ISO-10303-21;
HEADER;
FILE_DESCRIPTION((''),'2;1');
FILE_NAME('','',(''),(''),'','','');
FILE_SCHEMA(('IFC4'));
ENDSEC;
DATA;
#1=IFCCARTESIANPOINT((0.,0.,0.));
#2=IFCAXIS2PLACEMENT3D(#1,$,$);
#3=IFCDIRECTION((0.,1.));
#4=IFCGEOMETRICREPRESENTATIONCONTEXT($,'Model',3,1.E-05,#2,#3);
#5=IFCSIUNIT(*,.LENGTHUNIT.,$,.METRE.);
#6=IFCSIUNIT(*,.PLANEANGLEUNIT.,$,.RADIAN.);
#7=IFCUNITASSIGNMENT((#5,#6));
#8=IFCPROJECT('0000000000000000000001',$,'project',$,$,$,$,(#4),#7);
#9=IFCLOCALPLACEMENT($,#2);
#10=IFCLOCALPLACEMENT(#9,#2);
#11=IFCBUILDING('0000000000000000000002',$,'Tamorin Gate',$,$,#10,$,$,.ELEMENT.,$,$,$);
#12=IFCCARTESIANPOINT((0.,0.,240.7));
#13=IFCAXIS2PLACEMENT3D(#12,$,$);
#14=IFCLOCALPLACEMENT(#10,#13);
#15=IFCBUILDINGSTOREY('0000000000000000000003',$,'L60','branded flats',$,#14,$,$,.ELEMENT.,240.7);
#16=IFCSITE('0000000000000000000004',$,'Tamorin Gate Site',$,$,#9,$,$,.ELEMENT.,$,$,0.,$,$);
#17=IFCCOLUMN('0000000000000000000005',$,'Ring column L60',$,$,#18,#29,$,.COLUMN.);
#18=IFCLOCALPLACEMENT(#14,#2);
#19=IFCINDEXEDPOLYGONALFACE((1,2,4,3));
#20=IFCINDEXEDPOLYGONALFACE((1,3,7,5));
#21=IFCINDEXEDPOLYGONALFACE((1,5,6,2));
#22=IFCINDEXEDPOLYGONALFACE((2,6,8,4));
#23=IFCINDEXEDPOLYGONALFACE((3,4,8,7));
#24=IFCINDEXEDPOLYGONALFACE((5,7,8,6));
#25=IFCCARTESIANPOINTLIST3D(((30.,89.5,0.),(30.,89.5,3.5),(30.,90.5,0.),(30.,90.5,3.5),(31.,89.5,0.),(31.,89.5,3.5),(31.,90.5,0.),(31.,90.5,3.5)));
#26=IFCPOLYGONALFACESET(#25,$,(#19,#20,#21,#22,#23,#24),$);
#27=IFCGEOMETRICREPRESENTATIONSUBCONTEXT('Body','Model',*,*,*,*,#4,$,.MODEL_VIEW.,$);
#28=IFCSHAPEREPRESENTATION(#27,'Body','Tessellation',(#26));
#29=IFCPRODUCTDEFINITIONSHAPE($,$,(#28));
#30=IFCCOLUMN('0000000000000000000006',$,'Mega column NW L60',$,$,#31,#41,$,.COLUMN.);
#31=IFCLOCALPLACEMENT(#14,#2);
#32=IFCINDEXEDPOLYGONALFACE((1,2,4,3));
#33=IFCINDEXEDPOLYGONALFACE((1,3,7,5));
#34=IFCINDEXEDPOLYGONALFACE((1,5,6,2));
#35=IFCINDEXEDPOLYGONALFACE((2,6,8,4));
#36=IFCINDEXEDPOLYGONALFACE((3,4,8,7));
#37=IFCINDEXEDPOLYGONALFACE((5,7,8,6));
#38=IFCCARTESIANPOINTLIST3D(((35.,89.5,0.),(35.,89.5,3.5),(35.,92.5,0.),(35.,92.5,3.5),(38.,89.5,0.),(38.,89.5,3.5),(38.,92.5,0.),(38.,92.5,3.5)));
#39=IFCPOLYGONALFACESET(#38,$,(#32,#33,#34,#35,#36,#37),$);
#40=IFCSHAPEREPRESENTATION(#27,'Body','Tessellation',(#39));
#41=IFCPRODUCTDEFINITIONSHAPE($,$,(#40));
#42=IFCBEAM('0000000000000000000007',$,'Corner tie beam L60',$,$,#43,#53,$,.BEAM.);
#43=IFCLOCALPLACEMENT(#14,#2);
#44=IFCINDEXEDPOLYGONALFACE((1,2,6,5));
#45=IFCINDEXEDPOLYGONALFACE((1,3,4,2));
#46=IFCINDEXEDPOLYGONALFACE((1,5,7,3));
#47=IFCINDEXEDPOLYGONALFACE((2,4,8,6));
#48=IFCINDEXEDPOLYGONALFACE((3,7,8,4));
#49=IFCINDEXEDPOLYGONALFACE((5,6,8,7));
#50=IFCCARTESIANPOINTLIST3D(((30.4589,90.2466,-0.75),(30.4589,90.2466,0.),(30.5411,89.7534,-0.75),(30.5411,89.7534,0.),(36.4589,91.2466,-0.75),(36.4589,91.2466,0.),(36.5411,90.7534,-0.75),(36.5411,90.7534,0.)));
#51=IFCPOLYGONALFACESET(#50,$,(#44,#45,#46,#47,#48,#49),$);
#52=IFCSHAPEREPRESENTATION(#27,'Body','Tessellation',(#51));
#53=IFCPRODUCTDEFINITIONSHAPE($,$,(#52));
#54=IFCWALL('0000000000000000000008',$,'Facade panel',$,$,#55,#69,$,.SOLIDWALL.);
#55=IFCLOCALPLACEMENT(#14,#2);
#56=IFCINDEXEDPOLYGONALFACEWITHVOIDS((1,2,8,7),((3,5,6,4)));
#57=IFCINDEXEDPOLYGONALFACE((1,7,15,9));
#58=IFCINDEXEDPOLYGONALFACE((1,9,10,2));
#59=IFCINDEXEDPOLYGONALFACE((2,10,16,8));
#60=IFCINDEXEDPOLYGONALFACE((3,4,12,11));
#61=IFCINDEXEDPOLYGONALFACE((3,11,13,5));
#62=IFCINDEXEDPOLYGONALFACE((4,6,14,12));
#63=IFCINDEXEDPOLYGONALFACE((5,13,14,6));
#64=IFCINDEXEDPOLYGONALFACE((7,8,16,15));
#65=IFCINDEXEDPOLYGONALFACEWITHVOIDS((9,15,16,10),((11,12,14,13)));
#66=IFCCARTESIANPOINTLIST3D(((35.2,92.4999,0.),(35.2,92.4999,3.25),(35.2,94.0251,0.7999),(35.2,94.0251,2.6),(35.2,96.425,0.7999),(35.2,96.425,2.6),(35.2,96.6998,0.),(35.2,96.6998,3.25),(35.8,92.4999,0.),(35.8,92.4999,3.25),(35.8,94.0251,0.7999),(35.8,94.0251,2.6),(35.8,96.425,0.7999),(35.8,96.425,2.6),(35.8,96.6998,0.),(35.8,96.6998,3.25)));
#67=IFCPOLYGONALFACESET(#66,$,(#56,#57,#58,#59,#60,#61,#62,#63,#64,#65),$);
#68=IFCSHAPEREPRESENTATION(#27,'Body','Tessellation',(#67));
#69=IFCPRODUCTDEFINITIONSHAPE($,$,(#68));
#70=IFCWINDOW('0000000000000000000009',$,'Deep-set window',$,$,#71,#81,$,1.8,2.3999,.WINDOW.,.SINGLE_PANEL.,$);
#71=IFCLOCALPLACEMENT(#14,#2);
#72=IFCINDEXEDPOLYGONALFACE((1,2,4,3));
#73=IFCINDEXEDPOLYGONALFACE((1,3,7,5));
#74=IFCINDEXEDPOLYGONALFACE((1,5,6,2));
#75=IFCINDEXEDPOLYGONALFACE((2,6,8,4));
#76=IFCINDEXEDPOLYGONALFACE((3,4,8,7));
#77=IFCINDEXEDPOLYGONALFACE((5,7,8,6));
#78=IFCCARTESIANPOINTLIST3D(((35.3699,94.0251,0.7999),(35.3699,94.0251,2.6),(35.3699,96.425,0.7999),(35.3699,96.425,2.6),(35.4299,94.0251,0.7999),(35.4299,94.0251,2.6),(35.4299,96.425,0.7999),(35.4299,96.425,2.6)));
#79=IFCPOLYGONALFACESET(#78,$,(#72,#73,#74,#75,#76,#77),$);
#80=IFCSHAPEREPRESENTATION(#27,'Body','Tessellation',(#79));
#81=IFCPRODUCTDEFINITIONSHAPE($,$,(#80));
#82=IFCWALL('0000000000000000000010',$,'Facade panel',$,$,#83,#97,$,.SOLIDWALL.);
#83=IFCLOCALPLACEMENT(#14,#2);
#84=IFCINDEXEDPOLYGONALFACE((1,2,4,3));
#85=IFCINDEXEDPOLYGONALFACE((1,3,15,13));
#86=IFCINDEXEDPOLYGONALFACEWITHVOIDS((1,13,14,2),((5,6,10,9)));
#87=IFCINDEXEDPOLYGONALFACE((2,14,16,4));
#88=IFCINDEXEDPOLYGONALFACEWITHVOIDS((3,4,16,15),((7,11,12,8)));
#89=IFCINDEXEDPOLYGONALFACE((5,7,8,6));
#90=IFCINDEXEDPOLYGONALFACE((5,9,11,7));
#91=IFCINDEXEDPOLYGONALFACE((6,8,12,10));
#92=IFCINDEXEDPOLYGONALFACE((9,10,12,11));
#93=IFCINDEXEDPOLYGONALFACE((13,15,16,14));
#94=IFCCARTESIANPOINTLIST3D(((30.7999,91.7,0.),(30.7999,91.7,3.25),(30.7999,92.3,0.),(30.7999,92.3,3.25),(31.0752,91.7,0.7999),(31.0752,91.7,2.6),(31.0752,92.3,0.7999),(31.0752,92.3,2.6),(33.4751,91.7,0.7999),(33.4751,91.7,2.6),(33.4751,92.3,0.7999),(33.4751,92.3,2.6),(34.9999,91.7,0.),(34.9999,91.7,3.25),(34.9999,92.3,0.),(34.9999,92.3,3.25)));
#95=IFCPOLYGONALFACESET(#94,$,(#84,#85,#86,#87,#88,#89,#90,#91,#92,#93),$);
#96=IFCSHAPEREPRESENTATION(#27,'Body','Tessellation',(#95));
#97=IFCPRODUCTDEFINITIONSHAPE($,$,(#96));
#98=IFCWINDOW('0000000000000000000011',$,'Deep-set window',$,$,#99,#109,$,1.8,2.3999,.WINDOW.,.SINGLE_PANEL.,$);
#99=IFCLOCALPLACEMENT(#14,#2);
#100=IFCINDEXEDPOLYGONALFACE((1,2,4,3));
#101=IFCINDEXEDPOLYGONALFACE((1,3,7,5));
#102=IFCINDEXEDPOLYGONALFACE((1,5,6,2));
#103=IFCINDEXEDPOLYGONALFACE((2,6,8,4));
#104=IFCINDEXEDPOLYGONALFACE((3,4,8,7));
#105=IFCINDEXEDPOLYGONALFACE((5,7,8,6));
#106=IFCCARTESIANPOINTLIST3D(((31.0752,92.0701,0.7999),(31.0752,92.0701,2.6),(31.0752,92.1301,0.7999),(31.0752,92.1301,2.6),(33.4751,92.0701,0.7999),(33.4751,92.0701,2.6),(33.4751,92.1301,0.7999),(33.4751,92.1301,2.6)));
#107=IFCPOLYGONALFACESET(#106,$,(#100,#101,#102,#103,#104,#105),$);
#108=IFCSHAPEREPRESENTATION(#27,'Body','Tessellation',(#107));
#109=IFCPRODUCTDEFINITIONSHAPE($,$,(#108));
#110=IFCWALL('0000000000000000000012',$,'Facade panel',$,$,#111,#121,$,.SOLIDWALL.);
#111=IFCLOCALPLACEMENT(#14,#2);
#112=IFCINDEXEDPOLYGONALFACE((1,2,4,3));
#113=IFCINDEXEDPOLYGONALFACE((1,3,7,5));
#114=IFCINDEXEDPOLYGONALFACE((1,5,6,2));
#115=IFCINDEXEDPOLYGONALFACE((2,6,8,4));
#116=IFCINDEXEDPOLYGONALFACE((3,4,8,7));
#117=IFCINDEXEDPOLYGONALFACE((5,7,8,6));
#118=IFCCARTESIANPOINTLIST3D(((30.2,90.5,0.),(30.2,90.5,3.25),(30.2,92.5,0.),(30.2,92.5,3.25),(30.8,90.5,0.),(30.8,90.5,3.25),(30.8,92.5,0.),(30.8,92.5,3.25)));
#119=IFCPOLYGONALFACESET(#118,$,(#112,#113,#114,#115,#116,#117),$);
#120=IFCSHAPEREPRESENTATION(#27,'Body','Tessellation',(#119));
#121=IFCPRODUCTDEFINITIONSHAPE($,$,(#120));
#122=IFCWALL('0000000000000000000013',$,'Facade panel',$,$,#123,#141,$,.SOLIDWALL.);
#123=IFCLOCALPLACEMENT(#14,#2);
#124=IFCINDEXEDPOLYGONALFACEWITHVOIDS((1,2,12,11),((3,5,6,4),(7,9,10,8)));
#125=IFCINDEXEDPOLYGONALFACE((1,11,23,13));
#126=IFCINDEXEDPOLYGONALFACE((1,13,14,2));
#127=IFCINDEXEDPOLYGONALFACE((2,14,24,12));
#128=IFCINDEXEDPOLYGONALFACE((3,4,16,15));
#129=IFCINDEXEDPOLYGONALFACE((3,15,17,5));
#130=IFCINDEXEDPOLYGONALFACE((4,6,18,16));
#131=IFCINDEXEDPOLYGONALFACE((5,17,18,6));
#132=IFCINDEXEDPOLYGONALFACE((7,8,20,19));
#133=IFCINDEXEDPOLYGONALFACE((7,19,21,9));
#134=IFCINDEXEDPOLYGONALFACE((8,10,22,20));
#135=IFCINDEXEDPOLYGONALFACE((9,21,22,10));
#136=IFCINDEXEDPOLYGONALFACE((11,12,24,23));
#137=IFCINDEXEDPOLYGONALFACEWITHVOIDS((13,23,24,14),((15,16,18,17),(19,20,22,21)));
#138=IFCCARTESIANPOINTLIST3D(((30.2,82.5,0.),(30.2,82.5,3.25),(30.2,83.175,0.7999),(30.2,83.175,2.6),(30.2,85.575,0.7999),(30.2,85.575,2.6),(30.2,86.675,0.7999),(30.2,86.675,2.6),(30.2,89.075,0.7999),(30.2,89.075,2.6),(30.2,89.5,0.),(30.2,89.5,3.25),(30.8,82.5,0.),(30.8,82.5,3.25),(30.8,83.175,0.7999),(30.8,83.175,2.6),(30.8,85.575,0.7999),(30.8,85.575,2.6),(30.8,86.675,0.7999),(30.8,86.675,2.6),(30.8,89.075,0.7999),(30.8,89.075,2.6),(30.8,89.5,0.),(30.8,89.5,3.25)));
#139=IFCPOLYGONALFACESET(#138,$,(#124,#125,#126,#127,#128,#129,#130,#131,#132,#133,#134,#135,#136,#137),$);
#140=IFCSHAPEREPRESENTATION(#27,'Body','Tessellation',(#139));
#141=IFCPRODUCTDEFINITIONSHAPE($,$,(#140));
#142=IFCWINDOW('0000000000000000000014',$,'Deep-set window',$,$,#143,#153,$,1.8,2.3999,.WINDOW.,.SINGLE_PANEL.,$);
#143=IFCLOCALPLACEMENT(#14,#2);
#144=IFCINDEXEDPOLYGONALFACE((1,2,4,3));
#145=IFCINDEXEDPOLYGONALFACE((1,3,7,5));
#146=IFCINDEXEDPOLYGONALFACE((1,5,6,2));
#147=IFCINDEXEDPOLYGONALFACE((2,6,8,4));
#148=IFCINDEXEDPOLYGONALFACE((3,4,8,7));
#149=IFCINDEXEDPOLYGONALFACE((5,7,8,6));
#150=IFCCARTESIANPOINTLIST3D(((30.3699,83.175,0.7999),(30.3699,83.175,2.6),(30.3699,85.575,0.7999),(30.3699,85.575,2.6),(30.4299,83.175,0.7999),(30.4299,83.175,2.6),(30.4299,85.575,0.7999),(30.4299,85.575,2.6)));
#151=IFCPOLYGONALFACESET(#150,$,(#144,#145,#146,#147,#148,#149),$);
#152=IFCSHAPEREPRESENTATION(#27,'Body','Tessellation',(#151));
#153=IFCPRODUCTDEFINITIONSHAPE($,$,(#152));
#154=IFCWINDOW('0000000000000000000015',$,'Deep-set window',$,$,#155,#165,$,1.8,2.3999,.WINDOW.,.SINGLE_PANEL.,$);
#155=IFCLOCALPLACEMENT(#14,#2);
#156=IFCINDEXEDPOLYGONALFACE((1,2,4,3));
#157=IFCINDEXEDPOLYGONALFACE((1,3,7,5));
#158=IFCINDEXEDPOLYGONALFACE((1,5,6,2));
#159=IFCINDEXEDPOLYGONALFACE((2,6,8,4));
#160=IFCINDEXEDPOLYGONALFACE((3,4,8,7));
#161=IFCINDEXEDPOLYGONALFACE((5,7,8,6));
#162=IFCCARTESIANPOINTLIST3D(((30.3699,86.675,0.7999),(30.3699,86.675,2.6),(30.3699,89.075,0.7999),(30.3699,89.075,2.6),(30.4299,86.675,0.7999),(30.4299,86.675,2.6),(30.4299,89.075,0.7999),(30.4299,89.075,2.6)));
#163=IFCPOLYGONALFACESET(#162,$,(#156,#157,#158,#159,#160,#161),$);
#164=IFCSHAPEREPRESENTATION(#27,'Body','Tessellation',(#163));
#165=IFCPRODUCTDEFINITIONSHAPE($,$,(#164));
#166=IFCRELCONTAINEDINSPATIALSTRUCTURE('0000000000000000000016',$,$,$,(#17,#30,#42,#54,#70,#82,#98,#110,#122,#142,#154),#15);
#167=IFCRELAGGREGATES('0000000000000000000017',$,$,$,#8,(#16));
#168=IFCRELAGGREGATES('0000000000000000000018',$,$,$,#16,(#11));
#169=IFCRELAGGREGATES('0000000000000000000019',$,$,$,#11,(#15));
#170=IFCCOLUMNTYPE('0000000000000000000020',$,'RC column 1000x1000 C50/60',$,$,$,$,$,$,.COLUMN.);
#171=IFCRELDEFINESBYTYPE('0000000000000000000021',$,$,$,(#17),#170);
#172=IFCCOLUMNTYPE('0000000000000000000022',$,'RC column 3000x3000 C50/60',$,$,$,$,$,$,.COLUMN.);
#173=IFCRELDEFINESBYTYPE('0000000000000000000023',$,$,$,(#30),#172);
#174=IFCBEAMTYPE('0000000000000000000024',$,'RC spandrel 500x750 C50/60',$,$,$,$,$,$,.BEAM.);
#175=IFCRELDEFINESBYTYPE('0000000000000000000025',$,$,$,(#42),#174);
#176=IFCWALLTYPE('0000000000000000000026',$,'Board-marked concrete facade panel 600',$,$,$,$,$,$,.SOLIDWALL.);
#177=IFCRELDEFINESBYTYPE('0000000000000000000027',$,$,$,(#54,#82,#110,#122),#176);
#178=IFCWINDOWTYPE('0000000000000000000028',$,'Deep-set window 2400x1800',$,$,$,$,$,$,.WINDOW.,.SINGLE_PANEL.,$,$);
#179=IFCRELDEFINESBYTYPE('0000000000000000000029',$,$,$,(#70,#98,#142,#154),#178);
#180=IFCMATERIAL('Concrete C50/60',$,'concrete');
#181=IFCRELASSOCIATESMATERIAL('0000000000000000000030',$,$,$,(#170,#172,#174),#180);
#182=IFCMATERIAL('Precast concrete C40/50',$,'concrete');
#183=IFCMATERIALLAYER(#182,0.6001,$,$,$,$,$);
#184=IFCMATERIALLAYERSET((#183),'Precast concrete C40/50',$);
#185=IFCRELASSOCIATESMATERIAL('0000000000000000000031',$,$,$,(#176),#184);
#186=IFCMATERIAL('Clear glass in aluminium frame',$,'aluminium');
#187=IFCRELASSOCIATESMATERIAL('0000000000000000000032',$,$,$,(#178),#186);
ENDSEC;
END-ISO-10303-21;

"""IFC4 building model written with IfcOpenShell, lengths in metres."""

from ifc_helpers import new_model, si_unit, direction, frame, frame_2d, origin, origin_2d, place, context, subcontext, project, spatial, rectangle, extrude, material, layer, layer_set, material_profile, profile_set, type_object, element, fill, save


model = new_model("IFC4")

# Units and contexts
model_context = context("Model", 3, precision=1e-05, world=origin(), true_north=direction((0.0, 1.0)))
body_context = subcontext(model_context, "Body", "Model", "MODEL_VIEW")
ifc_project = project(units=[si_unit("LENGTHUNIT", "METRE"), si_unit("PLANEANGLEUNIT", "RADIAN")], contexts=[model_context])

# Site, building, storey
site_placement = place(None, origin())
site = spatial("IfcSite", under=ifc_project, at=site_placement, Name="Tamorin Gate Site", CompositionType="ELEMENT", RefElevation=0.0)
building_placement = place(site_placement, origin())
building = spatial("IfcBuilding", under=site, at=building_placement, Name="Tamorin Gate", CompositionType="ELEMENT")
storey_placement = place(building_placement, frame((0.0, 0.0, 240.7)))
storey = spatial("IfcBuildingStorey", under=building, at=storey_placement, Name="L60", Description="branded flats", CompositionType="ELEMENT", Elevation=240.7)

# Columns
ifc_material_1 = material(Name="Concrete C50/60", Category="concrete")
ifc_material_profile_1 = material_profile(ifc_material_1, rectangle(XDim=1.0, YDim=1.0, at=origin_2d()), Name="RC 1000x1000")
ifc_profile_set_1 = profile_set([ifc_material_profile_1], Name="Concrete C50/60")
column_type_1 = type_object("IfcColumnType", Name="RC column 1000x1000 C50/60", PredefinedType="COLUMN", material=ifc_profile_set_1)
column_1_placement = place(storey_placement, frame((30.5, 90.0, 0.0), z_axis=(0.0, 0.0, 1.0), x_axis=(1.0, 0.0, 0.0)))
element("IfcColumn", 1, at=column_1_placement, inside=storey, type_object=column_type_1, Name="Ring column L60", PredefinedType="COLUMN", context=body_context, shape_type="SweptSolid", body=[
    extrude(rectangle(XDim=1.0, YDim=1.0, at=origin_2d()), origin(), (0.0, 0.0, 1.0), 3.5),
])
ifc_material_profile_2 = material_profile(ifc_material_1, rectangle(XDim=3.0, YDim=3.0, at=origin_2d()), Name="RC 3000x3000")
ifc_profile_set_2 = profile_set([ifc_material_profile_2], Name="Concrete C50/60")
column_type_2 = type_object("IfcColumnType", Name="RC column 3000x3000 C50/60", PredefinedType="COLUMN", material=ifc_profile_set_2)
column_2_placement = place(storey_placement, frame((36.5, 91.0, 0.0), z_axis=(0.0, 0.0, 1.0), x_axis=(1.0, 0.0, 0.0)))
element("IfcColumn", 2, at=column_2_placement, inside=storey, type_object=column_type_2, Name="Mega column NW L60", PredefinedType="COLUMN", context=body_context, shape_type="SweptSolid", body=[
    extrude(rectangle(XDim=3.0, YDim=3.0, at=origin_2d()), origin(), (0.0, 0.0, 1.0), 3.5),
])

# Beam
ifc_material_profile_3 = material_profile(ifc_material_1, rectangle(XDim=0.5, YDim=0.75, at=origin_2d()), Name="RC 500x750")
ifc_profile_set_3 = profile_set([ifc_material_profile_3], Name="Concrete C50/60")
beam_type = type_object("IfcBeamType", Name="RC spandrel 500x750 C50/60", PredefinedType="BEAM", material=ifc_profile_set_3)
beam_placement = place(storey_placement, frame((36.5, 91.0, -0.375), z_axis=(-0.986394, -0.164399, 0.0), x_axis=(0.164399, -0.986394, 0.0)))
element("IfcBeam", 3, at=beam_placement, inside=storey, type_object=beam_type, Name="Corner tie beam L60", PredefinedType="BEAM", context=body_context, shape_type="SweptSolid", body=[
    extrude(rectangle(XDim=0.5, YDim=0.75, at=origin_2d()), origin(), (0.0, 0.0, 1.0), 6.0828),
])

# Walls, openings, windows
ifc_material_2 = material(Name="Precast concrete C40/50", Category="concrete")
ifc_layer_1 = layer(ifc_material_2, 0.6001)
ifc_layer_set_1 = layer_set([ifc_layer_1], Name="Precast concrete C40/50")
wall_type_1 = type_object("IfcWallType", Name="Board-marked concrete facade panel 600", PredefinedType="SOLIDWALL", material=ifc_layer_set_1)
wall_1_placement = place(storey_placement, frame((35.5, 96.7, 0.0), z_axis=(0.0, 0.0, 1.0), x_axis=(0.0, -1.0, 0.0)))
wall_1 = element("IfcWall", 4, at=wall_1_placement, inside=storey, type_object=wall_type_1, Name="Facade panel", PredefinedType="SOLIDWALL", context=body_context, shape_type="SweptSolid", body=[
    extrude(rectangle(XDim=4.2, YDim=0.6001, at=frame_2d((2.1001, 0.0))), origin(), (0.0, 0.0, 1.0), 3.25),
])
opening_1_placement = place(wall_1_placement, frame((0.2749, 0.0, 0.8)))
opening_1 = element("IfcOpeningElement", 5, at=opening_1_placement, cuts=wall_1, PredefinedType="OPENING", context=body_context, shape_type="SweptSolid", body=[
    extrude(rectangle(XDim=2.3999, YDim=1.8, at=frame_2d((1.2, 0.8999))), frame((0.0, 0.3101, 0.0), z_axis=(0.0, -1.0, 0.0), x_axis=(1.0, 0.0, 0.0)), (0.0, 0.0, 1.0), 0.6201),
])
ifc_material_3 = material(Name="Clear glass in aluminium frame", Category="aluminium")
window_type = type_object("IfcWindowType", Name="Deep-set window 2400x1800", PartitioningType="SINGLE_PANEL", PredefinedType="WINDOW", material=ifc_material_3)
window_1_placement = place(opening_1_placement, origin())
window_1 = element("IfcWindow", 6, at=window_1_placement, inside=storey, type_object=window_type, Name="Deep-set window", OverallHeight=1.8, OverallWidth=2.3999, PartitioningType="SINGLE_PANEL", PredefinedType="WINDOW", context=body_context, shape_type="SweptSolid", body=[
    extrude(rectangle(XDim=2.3999, YDim=1.8, at=frame_2d((1.2, 0.8999))), frame((0.0, -0.0701, 0.0), z_axis=(0.0, -1.0, 0.0), x_axis=(1.0, 0.0, 0.0)), (0.0, 0.0, 1.0), 0.0601),
])
fill(opening_1, window_1)
wall_2_placement = place(storey_placement, frame((35.0, 92.0, 0.0), z_axis=(0.0, 0.0, 1.0), x_axis=(-1.0, 0.0, 0.0)))
wall_2 = element("IfcWall", 7, at=wall_2_placement, inside=storey, type_object=wall_type_1, Name="Facade panel", PredefinedType="SOLIDWALL", context=body_context, shape_type="SweptSolid", body=[
    extrude(rectangle(XDim=4.2, YDim=0.6001, at=frame_2d((2.1001, 0.0))), origin(), (0.0, 0.0, 1.0), 3.25),
])
opening_2_placement = place(wall_2_placement, frame((1.5249, 0.0, 0.8)))
opening_2 = element("IfcOpeningElement", 8, at=opening_2_placement, cuts=wall_2, PredefinedType="OPENING", context=body_context, shape_type="SweptSolid", body=[
    extrude(rectangle(XDim=2.3999, YDim=1.8, at=frame_2d((1.2, 0.8999))), frame((0.0, 0.3101, 0.0), z_axis=(0.0, -1.0, 0.0), x_axis=(1.0, 0.0, 0.0)), (0.0, 0.0, 1.0), 0.6201),
])
window_2_placement = place(opening_2_placement, origin())
window_2 = element("IfcWindow", 9, at=window_2_placement, inside=storey, type_object=window_type, Name="Deep-set window", OverallHeight=1.8, OverallWidth=2.3999, PartitioningType="SINGLE_PANEL", PredefinedType="WINDOW", context=body_context, shape_type="SweptSolid", body=[
    extrude(rectangle(XDim=2.3999, YDim=1.8, at=frame_2d((1.2, 0.8999))), frame((0.0, -0.0701, 0.0), z_axis=(0.0, -1.0, 0.0), x_axis=(1.0, 0.0, 0.0)), (0.0, 0.0, 1.0), 0.0601),
])
fill(opening_2, window_2)

# Wall
wall_3_placement = place(storey_placement, frame((30.5, 92.5, 0.0), z_axis=(0.0, 0.0, 1.0), x_axis=(0.0, -1.0, 0.0)))
element("IfcWall", 10, at=wall_3_placement, inside=storey, type_object=wall_type_1, Name="Facade panel", PredefinedType="SOLIDWALL", context=body_context, shape_type="SweptSolid", body=[
    extrude(rectangle(XDim=2.0, YDim=0.6001, at=frame_2d((1.0, 0.0))), origin(), (0.0, 0.0, 1.0), 3.25),
])

# Wall, openings, windows
wall_4_placement = place(storey_placement, frame((30.5, 89.5, 0.0), z_axis=(0.0, 0.0, 1.0), x_axis=(0.0, -1.0, 0.0)))
wall_4 = element("IfcWall", 11, at=wall_4_placement, inside=storey, type_object=wall_type_1, Name="Facade panel", PredefinedType="SOLIDWALL", context=body_context, shape_type="SweptSolid", body=[
    extrude(rectangle(XDim=7.0, YDim=0.6001, at=frame_2d((3.5, 0.0))), origin(), (0.0, 0.0, 1.0), 3.25),
])
opening_3_placement = place(wall_4_placement, frame((3.925, 0.0, 0.8)))
opening_3 = element("IfcOpeningElement", 12, at=opening_3_placement, cuts=wall_4, PredefinedType="OPENING", context=body_context, shape_type="SweptSolid", body=[
    extrude(rectangle(XDim=2.3999, YDim=1.8, at=frame_2d((1.2, 0.8999))), frame((0.0, 0.3101, 0.0), z_axis=(0.0, -1.0, 0.0), x_axis=(1.0, 0.0, 0.0)), (0.0, 0.0, 1.0), 0.6201),
])
opening_4_placement = place(wall_4_placement, frame((0.425, 0.0, 0.8)))
opening_4 = element("IfcOpeningElement", 13, at=opening_4_placement, cuts=wall_4, PredefinedType="OPENING", context=body_context, shape_type="SweptSolid", body=[
    extrude(rectangle(XDim=2.3999, YDim=1.8, at=frame_2d((1.2, 0.8999))), frame((0.0, 0.3101, 0.0), z_axis=(0.0, -1.0, 0.0), x_axis=(1.0, 0.0, 0.0)), (0.0, 0.0, 1.0), 0.6201),
])
window_3_placement = place(opening_3_placement, origin())
window_3 = element("IfcWindow", 14, at=window_3_placement, inside=storey, type_object=window_type, Name="Deep-set window", OverallHeight=1.8, OverallWidth=2.3999, PartitioningType="SINGLE_PANEL", PredefinedType="WINDOW", context=body_context, shape_type="SweptSolid", body=[
    extrude(rectangle(XDim=2.3999, YDim=1.8, at=frame_2d((1.2, 0.8999))), frame((0.0, -0.0701, 0.0), z_axis=(0.0, -1.0, 0.0), x_axis=(1.0, 0.0, 0.0)), (0.0, 0.0, 1.0), 0.0601),
])
fill(opening_3, window_3)
window_4_placement = place(opening_4_placement, origin())
window_4 = element("IfcWindow", 15, at=window_4_placement, inside=storey, type_object=window_type, Name="Deep-set window", OverallHeight=1.8, OverallWidth=2.3999, PartitioningType="SINGLE_PANEL", PredefinedType="WINDOW", context=body_context, shape_type="SweptSolid", body=[
    extrude(rectangle(XDim=2.3999, YDim=1.8, at=frame_2d((1.2, 0.8999))), frame((0.0, -0.0701, 0.0), z_axis=(0.0, -1.0, 0.0), x_axis=(1.0, 0.0, 0.0)), (0.0, 0.0, 1.0), 0.0601),
])
fill(opening_4, window_4)

save(model, "model.ifc")
